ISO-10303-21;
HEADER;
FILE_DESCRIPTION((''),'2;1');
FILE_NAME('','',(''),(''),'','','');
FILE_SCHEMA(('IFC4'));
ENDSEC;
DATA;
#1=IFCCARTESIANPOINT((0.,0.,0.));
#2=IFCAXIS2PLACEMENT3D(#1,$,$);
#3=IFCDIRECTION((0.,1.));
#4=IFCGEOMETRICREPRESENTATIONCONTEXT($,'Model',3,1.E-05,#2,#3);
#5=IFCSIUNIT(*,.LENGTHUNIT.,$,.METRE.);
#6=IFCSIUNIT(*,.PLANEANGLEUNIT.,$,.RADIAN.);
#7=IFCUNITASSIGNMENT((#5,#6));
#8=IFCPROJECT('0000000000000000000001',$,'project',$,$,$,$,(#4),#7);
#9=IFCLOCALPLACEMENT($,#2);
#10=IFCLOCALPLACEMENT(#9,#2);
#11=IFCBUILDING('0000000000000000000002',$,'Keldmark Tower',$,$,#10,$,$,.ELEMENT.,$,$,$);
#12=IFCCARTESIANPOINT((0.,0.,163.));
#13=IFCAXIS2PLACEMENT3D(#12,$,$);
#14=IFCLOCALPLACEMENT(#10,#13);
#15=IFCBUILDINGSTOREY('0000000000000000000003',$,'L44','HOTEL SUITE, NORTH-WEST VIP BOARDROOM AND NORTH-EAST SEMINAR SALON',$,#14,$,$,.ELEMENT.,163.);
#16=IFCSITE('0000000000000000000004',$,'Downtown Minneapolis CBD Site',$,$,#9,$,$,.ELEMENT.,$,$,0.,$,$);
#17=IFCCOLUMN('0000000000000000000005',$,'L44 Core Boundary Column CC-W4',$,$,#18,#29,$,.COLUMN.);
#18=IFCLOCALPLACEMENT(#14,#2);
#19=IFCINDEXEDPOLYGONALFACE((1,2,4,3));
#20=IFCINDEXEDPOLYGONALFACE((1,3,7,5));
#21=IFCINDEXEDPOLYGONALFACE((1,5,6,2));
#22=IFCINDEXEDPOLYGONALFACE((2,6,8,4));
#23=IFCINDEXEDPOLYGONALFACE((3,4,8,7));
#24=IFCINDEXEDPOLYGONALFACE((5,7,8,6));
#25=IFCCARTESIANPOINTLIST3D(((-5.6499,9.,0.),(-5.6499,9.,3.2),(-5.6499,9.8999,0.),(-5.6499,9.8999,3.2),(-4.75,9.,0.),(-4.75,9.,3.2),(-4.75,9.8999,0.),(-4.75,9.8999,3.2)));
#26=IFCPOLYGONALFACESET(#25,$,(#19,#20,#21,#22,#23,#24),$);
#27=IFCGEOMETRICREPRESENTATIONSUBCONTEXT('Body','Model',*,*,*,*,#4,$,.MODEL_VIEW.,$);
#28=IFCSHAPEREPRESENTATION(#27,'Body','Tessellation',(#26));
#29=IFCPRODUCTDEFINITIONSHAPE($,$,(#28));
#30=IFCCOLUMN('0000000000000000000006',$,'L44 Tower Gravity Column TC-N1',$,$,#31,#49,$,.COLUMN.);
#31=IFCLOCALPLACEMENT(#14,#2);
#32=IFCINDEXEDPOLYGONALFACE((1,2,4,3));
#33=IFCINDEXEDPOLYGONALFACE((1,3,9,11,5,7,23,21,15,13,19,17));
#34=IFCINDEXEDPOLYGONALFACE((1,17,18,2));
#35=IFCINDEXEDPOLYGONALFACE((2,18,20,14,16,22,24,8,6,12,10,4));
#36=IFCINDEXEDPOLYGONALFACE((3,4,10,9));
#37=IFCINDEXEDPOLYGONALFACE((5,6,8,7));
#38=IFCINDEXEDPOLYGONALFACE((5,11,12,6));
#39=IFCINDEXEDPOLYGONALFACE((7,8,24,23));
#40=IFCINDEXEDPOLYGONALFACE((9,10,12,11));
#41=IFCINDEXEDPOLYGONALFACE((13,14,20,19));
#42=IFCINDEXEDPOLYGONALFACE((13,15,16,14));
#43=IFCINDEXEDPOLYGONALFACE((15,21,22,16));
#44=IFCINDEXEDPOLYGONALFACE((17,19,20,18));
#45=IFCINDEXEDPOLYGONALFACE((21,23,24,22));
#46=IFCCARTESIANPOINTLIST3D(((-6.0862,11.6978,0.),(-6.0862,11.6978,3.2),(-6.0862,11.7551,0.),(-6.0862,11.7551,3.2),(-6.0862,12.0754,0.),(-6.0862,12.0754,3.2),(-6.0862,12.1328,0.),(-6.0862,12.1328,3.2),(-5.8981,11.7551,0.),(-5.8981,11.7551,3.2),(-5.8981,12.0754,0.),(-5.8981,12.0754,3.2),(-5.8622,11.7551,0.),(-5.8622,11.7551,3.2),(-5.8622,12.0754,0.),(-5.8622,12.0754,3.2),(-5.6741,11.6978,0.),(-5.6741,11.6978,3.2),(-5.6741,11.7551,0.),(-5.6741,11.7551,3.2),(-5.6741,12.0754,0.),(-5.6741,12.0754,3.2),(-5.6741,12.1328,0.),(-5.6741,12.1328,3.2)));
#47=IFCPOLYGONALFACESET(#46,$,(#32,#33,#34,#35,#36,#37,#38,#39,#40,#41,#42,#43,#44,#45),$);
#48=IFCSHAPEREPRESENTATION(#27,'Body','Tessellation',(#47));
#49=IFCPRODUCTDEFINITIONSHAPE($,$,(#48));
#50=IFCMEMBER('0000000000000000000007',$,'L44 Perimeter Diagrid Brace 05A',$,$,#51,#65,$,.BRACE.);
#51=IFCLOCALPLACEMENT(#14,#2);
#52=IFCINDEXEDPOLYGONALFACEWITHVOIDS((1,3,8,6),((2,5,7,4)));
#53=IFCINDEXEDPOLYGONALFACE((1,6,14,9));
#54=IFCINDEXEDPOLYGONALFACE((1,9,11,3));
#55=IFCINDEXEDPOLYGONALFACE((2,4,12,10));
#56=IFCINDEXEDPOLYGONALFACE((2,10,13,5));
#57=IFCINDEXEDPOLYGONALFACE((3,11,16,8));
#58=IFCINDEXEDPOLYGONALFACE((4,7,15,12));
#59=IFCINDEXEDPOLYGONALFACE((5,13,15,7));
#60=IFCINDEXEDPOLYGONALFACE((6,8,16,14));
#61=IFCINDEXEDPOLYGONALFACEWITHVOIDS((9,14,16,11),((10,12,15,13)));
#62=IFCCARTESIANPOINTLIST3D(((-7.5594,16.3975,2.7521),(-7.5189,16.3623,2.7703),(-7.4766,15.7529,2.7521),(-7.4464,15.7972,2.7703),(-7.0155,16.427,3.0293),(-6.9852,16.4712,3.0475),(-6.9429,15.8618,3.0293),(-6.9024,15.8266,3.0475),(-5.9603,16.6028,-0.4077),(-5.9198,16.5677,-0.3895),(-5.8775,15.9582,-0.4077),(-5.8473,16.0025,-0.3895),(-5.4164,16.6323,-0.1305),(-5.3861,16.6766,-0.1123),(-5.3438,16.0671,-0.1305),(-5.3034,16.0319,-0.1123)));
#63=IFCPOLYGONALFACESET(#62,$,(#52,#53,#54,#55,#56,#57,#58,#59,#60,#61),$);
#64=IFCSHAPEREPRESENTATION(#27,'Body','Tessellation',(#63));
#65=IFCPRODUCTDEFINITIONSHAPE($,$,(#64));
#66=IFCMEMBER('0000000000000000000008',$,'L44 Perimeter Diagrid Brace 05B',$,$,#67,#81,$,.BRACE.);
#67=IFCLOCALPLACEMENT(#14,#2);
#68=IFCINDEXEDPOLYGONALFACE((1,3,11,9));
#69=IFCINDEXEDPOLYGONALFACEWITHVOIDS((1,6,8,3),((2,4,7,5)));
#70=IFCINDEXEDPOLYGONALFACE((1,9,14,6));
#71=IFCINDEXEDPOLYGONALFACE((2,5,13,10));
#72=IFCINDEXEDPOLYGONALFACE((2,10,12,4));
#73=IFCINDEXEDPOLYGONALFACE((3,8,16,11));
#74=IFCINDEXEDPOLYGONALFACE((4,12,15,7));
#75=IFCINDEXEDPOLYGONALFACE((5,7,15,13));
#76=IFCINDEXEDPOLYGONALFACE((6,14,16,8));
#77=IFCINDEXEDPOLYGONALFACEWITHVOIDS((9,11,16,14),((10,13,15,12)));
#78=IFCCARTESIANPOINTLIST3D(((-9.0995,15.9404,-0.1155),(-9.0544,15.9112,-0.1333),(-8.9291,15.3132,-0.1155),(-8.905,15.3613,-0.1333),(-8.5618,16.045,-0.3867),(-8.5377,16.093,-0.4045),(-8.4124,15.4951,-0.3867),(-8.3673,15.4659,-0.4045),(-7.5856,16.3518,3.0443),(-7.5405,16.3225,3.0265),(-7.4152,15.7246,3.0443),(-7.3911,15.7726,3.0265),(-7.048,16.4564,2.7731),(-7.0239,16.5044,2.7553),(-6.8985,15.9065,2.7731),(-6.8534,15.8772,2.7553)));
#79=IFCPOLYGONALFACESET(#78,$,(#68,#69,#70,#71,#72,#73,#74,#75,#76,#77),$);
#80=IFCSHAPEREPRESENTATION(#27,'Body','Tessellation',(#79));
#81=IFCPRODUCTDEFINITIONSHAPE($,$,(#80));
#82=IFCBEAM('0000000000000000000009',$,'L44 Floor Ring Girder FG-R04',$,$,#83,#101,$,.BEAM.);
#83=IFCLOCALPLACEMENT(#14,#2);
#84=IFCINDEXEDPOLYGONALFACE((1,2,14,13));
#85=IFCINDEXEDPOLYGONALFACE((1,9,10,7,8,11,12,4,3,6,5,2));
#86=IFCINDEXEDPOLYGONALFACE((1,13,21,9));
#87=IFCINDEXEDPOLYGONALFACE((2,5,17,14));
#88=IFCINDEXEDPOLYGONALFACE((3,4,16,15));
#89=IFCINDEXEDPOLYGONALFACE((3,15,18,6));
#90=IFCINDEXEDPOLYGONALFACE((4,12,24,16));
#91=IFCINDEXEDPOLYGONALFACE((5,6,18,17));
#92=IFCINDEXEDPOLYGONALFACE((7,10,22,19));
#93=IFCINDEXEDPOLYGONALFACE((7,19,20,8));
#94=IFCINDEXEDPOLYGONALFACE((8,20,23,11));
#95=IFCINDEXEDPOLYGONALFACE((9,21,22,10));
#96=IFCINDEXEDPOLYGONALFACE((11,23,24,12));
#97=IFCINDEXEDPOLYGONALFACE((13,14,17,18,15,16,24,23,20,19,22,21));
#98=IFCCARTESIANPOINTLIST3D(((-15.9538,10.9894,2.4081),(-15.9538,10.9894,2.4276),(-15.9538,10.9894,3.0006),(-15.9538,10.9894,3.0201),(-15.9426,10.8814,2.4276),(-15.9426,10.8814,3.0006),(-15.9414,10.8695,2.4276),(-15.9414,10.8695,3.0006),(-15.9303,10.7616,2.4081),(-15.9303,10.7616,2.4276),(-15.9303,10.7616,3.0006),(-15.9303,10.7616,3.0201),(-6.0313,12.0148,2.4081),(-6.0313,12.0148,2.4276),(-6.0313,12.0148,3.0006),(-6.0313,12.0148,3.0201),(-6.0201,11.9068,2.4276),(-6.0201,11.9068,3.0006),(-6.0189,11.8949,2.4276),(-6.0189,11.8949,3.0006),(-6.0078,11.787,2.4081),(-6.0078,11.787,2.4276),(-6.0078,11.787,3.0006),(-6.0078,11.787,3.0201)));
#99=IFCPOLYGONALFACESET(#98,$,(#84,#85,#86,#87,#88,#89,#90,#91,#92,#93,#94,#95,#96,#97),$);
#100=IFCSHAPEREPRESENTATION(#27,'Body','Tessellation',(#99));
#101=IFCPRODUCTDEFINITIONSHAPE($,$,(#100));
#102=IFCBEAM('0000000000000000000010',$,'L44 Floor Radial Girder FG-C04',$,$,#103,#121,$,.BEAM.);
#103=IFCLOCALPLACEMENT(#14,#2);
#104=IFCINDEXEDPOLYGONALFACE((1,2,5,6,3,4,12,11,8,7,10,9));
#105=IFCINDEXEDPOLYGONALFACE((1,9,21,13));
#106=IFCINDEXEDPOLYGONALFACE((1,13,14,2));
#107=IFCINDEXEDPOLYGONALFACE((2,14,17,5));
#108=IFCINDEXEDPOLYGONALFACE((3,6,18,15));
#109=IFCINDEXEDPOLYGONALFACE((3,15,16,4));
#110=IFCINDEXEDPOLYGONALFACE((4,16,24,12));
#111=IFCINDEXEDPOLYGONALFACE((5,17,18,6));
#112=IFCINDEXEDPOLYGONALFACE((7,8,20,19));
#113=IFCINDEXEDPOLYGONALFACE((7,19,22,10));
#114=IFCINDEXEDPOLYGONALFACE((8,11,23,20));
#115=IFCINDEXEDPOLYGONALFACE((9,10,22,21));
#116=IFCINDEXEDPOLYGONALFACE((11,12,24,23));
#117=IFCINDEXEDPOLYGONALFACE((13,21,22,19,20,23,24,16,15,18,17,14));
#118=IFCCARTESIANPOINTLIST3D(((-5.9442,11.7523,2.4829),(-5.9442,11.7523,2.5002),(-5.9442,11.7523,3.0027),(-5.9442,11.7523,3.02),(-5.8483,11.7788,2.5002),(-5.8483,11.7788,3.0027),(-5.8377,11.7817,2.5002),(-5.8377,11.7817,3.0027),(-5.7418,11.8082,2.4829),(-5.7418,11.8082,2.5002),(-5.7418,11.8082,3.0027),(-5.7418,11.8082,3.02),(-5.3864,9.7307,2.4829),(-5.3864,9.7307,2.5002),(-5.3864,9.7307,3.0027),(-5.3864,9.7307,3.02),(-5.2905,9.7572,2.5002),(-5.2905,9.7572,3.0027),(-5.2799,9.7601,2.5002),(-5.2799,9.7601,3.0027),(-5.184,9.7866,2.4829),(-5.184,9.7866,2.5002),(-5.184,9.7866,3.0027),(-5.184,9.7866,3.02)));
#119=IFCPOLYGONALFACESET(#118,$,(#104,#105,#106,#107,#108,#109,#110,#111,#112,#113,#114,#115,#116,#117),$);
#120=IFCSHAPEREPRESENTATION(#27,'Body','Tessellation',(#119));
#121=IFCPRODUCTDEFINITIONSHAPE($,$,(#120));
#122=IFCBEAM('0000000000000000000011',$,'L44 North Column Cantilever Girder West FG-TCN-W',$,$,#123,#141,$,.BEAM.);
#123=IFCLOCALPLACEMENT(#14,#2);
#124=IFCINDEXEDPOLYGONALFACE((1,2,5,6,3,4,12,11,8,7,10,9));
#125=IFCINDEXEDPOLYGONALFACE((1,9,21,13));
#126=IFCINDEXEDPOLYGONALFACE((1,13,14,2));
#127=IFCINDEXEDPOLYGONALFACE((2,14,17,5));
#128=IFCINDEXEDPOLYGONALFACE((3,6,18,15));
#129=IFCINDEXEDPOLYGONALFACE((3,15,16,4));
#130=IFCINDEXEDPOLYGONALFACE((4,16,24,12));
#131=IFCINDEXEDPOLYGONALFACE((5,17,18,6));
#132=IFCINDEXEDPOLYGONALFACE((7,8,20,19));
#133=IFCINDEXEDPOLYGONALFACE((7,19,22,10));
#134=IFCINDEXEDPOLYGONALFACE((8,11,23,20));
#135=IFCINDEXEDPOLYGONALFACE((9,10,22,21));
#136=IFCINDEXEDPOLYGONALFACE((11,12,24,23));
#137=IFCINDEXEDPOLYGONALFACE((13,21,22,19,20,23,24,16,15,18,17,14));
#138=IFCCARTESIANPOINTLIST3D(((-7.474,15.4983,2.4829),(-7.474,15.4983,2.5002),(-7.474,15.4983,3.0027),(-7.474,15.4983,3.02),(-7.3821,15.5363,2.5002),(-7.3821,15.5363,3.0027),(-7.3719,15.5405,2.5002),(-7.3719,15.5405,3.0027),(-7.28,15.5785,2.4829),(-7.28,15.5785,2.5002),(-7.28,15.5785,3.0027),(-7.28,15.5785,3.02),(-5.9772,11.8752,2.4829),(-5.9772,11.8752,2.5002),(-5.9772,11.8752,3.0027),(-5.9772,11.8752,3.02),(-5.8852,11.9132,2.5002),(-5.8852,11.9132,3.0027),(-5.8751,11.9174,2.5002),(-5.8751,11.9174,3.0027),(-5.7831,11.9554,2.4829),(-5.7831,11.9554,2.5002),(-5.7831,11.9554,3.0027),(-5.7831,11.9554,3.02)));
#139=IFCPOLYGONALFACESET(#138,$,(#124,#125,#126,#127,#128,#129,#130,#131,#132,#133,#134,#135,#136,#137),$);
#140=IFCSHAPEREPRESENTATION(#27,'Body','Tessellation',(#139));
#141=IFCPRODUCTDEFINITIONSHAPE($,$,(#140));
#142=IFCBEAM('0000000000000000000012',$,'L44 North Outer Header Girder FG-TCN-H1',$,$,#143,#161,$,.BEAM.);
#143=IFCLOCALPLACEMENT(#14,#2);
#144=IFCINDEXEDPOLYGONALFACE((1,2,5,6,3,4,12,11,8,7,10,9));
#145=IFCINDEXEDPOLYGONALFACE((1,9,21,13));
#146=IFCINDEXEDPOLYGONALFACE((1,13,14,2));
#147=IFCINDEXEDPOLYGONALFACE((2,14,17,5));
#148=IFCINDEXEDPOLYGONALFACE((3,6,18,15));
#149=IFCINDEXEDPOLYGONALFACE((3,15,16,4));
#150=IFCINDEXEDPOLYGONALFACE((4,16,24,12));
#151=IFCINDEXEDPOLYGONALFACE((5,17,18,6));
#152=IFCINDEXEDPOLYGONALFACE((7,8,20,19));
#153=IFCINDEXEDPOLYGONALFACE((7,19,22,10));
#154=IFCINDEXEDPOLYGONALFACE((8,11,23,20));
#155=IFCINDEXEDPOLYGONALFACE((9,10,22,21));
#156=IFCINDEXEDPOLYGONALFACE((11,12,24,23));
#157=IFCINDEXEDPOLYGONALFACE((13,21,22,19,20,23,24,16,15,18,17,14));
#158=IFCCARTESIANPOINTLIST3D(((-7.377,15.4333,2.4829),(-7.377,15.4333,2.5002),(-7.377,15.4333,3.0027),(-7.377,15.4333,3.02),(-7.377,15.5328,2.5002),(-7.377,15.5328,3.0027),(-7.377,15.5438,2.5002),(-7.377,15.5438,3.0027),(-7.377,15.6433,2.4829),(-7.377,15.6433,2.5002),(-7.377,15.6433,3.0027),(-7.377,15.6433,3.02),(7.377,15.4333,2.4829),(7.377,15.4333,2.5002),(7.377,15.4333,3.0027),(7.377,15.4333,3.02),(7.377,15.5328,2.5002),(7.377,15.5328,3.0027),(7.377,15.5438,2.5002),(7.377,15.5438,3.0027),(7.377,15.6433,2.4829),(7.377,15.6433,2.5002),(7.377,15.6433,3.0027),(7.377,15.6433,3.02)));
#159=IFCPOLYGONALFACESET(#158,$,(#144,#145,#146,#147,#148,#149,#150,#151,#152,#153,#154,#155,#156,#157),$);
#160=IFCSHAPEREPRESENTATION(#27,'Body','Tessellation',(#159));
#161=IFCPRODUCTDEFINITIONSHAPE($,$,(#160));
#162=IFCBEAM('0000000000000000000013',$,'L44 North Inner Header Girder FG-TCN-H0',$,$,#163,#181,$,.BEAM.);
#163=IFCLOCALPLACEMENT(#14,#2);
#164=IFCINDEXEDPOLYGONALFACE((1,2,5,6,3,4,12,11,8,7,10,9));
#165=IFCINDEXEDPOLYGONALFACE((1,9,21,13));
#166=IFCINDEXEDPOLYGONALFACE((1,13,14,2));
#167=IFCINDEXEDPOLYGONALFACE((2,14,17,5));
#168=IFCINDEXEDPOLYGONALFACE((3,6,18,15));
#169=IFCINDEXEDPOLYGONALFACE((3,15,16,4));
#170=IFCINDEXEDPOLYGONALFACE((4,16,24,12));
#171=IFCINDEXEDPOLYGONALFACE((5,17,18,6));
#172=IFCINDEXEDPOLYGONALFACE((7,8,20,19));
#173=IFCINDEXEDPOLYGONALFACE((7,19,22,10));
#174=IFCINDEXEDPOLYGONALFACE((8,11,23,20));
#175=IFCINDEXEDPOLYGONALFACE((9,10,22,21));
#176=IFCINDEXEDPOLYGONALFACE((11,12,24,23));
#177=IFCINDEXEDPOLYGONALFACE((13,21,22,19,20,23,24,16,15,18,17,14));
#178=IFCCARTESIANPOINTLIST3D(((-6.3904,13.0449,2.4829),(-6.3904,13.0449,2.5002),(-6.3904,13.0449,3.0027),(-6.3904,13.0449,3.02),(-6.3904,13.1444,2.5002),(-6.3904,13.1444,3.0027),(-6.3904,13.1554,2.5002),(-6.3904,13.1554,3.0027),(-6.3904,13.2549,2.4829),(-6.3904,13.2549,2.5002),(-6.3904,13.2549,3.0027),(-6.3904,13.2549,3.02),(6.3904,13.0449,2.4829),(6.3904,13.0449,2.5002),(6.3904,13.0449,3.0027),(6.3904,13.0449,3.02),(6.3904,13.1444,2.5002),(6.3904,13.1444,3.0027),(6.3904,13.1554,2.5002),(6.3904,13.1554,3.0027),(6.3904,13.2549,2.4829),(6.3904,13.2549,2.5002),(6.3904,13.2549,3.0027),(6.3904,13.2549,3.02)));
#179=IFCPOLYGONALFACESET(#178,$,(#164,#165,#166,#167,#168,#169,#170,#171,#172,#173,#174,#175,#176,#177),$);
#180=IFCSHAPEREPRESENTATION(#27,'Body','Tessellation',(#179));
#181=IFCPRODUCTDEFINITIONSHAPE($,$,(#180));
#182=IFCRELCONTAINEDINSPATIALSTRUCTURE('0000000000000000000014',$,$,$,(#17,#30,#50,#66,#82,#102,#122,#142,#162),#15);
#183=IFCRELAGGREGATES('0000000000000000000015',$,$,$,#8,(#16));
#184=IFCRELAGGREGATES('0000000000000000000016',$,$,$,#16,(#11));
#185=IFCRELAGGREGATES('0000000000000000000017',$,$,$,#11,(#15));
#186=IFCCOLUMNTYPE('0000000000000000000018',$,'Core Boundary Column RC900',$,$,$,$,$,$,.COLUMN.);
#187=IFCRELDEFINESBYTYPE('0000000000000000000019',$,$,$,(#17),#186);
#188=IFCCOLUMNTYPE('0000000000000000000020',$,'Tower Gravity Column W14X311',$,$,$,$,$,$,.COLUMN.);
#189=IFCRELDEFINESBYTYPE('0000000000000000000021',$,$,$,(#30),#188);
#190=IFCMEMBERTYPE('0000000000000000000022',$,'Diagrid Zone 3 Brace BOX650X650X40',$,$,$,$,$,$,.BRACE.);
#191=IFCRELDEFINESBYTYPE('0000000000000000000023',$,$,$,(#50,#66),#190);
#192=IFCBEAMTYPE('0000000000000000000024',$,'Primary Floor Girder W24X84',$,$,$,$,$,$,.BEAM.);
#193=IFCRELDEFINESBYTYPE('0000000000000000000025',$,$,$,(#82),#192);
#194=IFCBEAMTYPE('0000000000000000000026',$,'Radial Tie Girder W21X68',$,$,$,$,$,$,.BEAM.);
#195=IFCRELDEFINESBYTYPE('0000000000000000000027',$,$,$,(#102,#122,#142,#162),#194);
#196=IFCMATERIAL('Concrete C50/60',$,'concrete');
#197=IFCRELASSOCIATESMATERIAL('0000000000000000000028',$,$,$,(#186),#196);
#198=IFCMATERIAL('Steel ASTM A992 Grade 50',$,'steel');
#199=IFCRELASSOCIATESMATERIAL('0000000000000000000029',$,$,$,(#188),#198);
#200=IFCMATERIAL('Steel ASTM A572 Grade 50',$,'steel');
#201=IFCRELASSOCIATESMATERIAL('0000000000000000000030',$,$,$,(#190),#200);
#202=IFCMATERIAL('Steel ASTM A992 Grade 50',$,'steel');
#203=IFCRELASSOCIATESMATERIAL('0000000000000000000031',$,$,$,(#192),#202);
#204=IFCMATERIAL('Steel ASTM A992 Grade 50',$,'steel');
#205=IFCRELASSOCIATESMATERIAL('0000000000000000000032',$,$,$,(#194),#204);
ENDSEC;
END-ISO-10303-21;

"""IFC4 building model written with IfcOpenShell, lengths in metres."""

from ifc_helpers import new_model, si_unit, direction, frame, origin, origin_2d, place, context, subcontext, project, spatial, rectangle, hollow_rectangle, i_section, extrude, material, material_profile, profile_set, type_object, element, save


model = new_model("IFC4")

# Units and contexts
model_context = context("Model", 3, precision=1e-05, world=origin(), true_north=direction((0.0, 1.0)))
body_context = subcontext(model_context, "Body", "Model", "MODEL_VIEW")
ifc_project = project(units=[si_unit("LENGTHUNIT", "METRE"), si_unit("PLANEANGLEUNIT", "RADIAN")], contexts=[model_context])

# Site, building, storey
site_placement = place(None, origin())
site = spatial("IfcSite", under=ifc_project, at=site_placement, Name="Downtown Minneapolis CBD Site", CompositionType="ELEMENT", RefElevation=0.0)
building_placement = place(site_placement, origin())
building = spatial("IfcBuilding", under=site, at=building_placement, Name="Keldmark Tower", CompositionType="ELEMENT")
storey_placement = place(building_placement, frame((0.0, 0.0, 163.0)))
storey = spatial("IfcBuildingStorey", under=building, at=storey_placement, Name="L44", Description="HOTEL SUITE, NORTH-WEST VIP BOARDROOM AND NORTH-EAST SEMINAR SALON", CompositionType="ELEMENT", Elevation=163.0)

# Columns
ifc_material_1 = material(Name="Concrete C50/60", Category="concrete")
ifc_material_profile_1 = material_profile(ifc_material_1, rectangle(XDim=0.8999, YDim=0.8999, at=origin_2d()), Name="RC900X900")
ifc_profile_set_1 = profile_set([ifc_material_profile_1], Name="Concrete C50/60")
column_type_1 = type_object("IfcColumnType", Name="Core Boundary Column RC900", PredefinedType="COLUMN", material=ifc_profile_set_1)
column_1_placement = place(storey_placement, frame((-5.2, 9.45, 0.0), z_axis=(0.0, 0.0, 1.0), x_axis=(1.0, 0.0, 0.0)))
element("IfcColumn", 1, at=column_1_placement, inside=storey, type_object=column_type_1, Name="L44 Core Boundary Column CC-W4", PredefinedType="COLUMN", context=body_context, shape_type="SweptSolid", body=[
    extrude(rectangle(XDim=0.8999, YDim=0.8999, at=origin_2d()), origin(), (0.0, 0.0, 1.0), 3.2),
])
ifc_material_2 = material(Name="Steel ASTM A992 Grade 50", Category="steel")
ifc_material_profile_2 = material_profile(ifc_material_2, i_section(OverallWidth=0.4121, OverallDepth=0.4351, WebThickness=0.0359, FlangeThickness=0.0574, at=origin_2d()), Name="W14X311")
ifc_profile_set_2 = profile_set([ifc_material_profile_2], Name="Steel ASTM A992 Grade 50")
column_type_2 = type_object("IfcColumnType", Name="Tower Gravity Column W14X311", PredefinedType="COLUMN", material=ifc_profile_set_2)
column_2_placement = place(storey_placement, frame((-5.8801, 11.9153, 0.0), z_axis=(0.0, 0.0, 1.0), x_axis=(1.0, 0.0, 0.0)))
element("IfcColumn", 2, at=column_2_placement, inside=storey, type_object=column_type_2, Name="L44 Tower Gravity Column TC-N1", PredefinedType="COLUMN", context=body_context, shape_type="SweptSolid", body=[
    extrude(i_section(OverallWidth=0.4121, OverallDepth=0.4351, WebThickness=0.0359, FlangeThickness=0.0574, at=origin_2d()), origin(), (0.0, 0.0, 1.0), 3.2),
])

# Members
ifc_material_3 = material(Name="Steel ASTM A572 Grade 50", Category="steel")
ifc_material_profile_3 = material_profile(ifc_material_3, hollow_rectangle(XDim=0.6499, YDim=0.6499, WallThickness=0.04, at=origin_2d()), Name="BOX650X650X40")
ifc_profile_set_3 = profile_set([ifc_material_profile_3], Name="Steel ASTM A572 Grade 50")
member_type = type_object("IfcMemberType", Name="Diagrid Zone 3 Brace BOX650X650X40", PredefinedType="BRACE", material=ifc_profile_set_3)
member_1_placement = place(storey_placement, frame((-5.6318, 16.3174, -0.26), z_axis=(-0.450781, -0.057879, 0.890756), x_axis=(0.127351, -0.991858, 0.0)))
element("IfcMember", 3, at=member_1_placement, inside=storey, type_object=member_type, Name="L44 Perimeter Diagrid Brace 05A", PredefinedType="BRACE", context=body_context, shape_type="SweptSolid", body=[
    extrude(hollow_rectangle(XDim=0.6499, YDim=0.6499, WallThickness=0.04, at=origin_2d()), origin(), (0.0, 0.0, 1.0), 3.5474),
])
member_2_placement = place(storey_placement, frame((-8.7334, 15.7031, -0.26), z_axis=(0.429124, 0.116606, 0.895687), x_axis=(-0.262222, 0.965008, 0.0)))
element("IfcMember", 4, at=member_2_placement, inside=storey, type_object=member_type, Name="L44 Perimeter Diagrid Brace 05B", PredefinedType="BRACE", context=body_context, shape_type="SweptSolid", body=[
    extrude(hollow_rectangle(XDim=0.6499, YDim=0.6499, WallThickness=0.04, at=origin_2d()), origin(), (0.0, 0.0, 1.0), 3.5278),
])

# Beams
ifc_material_4 = material(Name="Steel ASTM A992 Grade 50", Category="steel")
ifc_material_profile_4 = material_profile(ifc_material_4, i_section(OverallWidth=0.229, OverallDepth=0.6121, WebThickness=0.012, FlangeThickness=0.0195, at=origin_2d()), Name="W24X84")
ifc_profile_set_4 = profile_set([ifc_material_profile_4], Name="Steel ASTM A992 Grade 50")
beam_type_1 = type_object("IfcBeamType", Name="Primary Floor Girder W24X84", PredefinedType="BEAM", material=ifc_profile_set_4)
beam_1_placement = place(storey_placement, frame((-6.0195, 11.9009, 2.7141), z_axis=(-0.994703, -0.102791, 0.0), x_axis=(0.102791, -0.994703, 0.0)))
element("IfcBeam", 5, at=beam_1_placement, inside=storey, type_object=beam_type_1, Name="L44 Floor Ring Girder FG-R04", PredefinedType="BEAM", context=body_context, shape_type="SweptSolid", body=[
    extrude(i_section(OverallWidth=0.229, OverallDepth=0.6121, WebThickness=0.012, FlangeThickness=0.0195, at=origin_2d()), origin(), (0.0, 0.0, 1.0), 9.9753),
])
ifc_material_5 = material(Name="Steel ASTM A992 Grade 50", Category="steel")
ifc_material_profile_5 = material_profile(ifc_material_5, i_section(OverallWidth=0.21, OverallDepth=0.5371, WebThickness=0.011, FlangeThickness=0.0173, at=origin_2d()), Name="W21X68")
ifc_profile_set_5 = profile_set([ifc_material_profile_5], Name="Steel ASTM A992 Grade 50")
beam_type_2 = type_object("IfcBeamType", Name="Radial Tie Girder W21X68", PredefinedType="BEAM", material=ifc_profile_set_5)
beam_2_placement = place(storey_placement, frame((-5.843, 11.7803, 2.7515), z_axis=(0.265992, -0.963975, 0.0), x_axis=(0.963975, 0.265992, 0.0)))
element("IfcBeam", 6, at=beam_2_placement, inside=storey, type_object=beam_type_2, Name="L44 Floor Radial Girder FG-C04", PredefinedType="BEAM", context=body_context, shape_type="SweptSolid", body=[
    extrude(i_section(OverallWidth=0.21, OverallDepth=0.5371, WebThickness=0.011, FlangeThickness=0.0173, at=origin_2d()), origin(), (0.0, 0.0, 1.0), 2.0972),
])
beam_3_placement = place(storey_placement, frame((-5.8801, 11.9153, 2.7515), z_axis=(-0.381836, 0.92423, 0.0), x_axis=(-0.92423, -0.381836, 0.0)))
element("IfcBeam", 7, at=beam_3_placement, inside=storey, type_object=beam_type_2, Name="L44 North Column Cantilever Girder West FG-TCN-W", PredefinedType="BEAM", context=body_context, shape_type="SweptSolid", body=[
    extrude(i_section(OverallWidth=0.21, OverallDepth=0.5371, WebThickness=0.011, FlangeThickness=0.0173, at=origin_2d()), origin(), (0.0, 0.0, 1.0), 3.9202),
])
beam_4_placement = place(storey_placement, frame((-7.377, 15.5383, 2.7515), z_axis=(1.0, 0.0, 0.0), x_axis=(0.0, 1.0, 0.0)))
element("IfcBeam", 8, at=beam_4_placement, inside=storey, type_object=beam_type_2, Name="L44 North Outer Header Girder FG-TCN-H1", PredefinedType="BEAM", context=body_context, shape_type="SweptSolid", body=[
    extrude(i_section(OverallWidth=0.21, OverallDepth=0.5371, WebThickness=0.011, FlangeThickness=0.0173, at=origin_2d()), origin(), (0.0, 0.0, 1.0), 14.7539),
])
beam_5_placement = place(storey_placement, frame((-6.3904, 13.1499, 2.7515), z_axis=(1.0, 0.0, 0.0), x_axis=(0.0, 1.0, 0.0)))
element("IfcBeam", 9, at=beam_5_placement, inside=storey, type_object=beam_type_2, Name="L44 North Inner Header Girder FG-TCN-H0", PredefinedType="BEAM", context=body_context, shape_type="SweptSolid", body=[
    extrude(i_section(OverallWidth=0.21, OverallDepth=0.5371, WebThickness=0.011, FlangeThickness=0.0173, at=origin_2d()), origin(), (0.0, 0.0, 1.0), 12.7808),
])

save(model, "model.ifc")
